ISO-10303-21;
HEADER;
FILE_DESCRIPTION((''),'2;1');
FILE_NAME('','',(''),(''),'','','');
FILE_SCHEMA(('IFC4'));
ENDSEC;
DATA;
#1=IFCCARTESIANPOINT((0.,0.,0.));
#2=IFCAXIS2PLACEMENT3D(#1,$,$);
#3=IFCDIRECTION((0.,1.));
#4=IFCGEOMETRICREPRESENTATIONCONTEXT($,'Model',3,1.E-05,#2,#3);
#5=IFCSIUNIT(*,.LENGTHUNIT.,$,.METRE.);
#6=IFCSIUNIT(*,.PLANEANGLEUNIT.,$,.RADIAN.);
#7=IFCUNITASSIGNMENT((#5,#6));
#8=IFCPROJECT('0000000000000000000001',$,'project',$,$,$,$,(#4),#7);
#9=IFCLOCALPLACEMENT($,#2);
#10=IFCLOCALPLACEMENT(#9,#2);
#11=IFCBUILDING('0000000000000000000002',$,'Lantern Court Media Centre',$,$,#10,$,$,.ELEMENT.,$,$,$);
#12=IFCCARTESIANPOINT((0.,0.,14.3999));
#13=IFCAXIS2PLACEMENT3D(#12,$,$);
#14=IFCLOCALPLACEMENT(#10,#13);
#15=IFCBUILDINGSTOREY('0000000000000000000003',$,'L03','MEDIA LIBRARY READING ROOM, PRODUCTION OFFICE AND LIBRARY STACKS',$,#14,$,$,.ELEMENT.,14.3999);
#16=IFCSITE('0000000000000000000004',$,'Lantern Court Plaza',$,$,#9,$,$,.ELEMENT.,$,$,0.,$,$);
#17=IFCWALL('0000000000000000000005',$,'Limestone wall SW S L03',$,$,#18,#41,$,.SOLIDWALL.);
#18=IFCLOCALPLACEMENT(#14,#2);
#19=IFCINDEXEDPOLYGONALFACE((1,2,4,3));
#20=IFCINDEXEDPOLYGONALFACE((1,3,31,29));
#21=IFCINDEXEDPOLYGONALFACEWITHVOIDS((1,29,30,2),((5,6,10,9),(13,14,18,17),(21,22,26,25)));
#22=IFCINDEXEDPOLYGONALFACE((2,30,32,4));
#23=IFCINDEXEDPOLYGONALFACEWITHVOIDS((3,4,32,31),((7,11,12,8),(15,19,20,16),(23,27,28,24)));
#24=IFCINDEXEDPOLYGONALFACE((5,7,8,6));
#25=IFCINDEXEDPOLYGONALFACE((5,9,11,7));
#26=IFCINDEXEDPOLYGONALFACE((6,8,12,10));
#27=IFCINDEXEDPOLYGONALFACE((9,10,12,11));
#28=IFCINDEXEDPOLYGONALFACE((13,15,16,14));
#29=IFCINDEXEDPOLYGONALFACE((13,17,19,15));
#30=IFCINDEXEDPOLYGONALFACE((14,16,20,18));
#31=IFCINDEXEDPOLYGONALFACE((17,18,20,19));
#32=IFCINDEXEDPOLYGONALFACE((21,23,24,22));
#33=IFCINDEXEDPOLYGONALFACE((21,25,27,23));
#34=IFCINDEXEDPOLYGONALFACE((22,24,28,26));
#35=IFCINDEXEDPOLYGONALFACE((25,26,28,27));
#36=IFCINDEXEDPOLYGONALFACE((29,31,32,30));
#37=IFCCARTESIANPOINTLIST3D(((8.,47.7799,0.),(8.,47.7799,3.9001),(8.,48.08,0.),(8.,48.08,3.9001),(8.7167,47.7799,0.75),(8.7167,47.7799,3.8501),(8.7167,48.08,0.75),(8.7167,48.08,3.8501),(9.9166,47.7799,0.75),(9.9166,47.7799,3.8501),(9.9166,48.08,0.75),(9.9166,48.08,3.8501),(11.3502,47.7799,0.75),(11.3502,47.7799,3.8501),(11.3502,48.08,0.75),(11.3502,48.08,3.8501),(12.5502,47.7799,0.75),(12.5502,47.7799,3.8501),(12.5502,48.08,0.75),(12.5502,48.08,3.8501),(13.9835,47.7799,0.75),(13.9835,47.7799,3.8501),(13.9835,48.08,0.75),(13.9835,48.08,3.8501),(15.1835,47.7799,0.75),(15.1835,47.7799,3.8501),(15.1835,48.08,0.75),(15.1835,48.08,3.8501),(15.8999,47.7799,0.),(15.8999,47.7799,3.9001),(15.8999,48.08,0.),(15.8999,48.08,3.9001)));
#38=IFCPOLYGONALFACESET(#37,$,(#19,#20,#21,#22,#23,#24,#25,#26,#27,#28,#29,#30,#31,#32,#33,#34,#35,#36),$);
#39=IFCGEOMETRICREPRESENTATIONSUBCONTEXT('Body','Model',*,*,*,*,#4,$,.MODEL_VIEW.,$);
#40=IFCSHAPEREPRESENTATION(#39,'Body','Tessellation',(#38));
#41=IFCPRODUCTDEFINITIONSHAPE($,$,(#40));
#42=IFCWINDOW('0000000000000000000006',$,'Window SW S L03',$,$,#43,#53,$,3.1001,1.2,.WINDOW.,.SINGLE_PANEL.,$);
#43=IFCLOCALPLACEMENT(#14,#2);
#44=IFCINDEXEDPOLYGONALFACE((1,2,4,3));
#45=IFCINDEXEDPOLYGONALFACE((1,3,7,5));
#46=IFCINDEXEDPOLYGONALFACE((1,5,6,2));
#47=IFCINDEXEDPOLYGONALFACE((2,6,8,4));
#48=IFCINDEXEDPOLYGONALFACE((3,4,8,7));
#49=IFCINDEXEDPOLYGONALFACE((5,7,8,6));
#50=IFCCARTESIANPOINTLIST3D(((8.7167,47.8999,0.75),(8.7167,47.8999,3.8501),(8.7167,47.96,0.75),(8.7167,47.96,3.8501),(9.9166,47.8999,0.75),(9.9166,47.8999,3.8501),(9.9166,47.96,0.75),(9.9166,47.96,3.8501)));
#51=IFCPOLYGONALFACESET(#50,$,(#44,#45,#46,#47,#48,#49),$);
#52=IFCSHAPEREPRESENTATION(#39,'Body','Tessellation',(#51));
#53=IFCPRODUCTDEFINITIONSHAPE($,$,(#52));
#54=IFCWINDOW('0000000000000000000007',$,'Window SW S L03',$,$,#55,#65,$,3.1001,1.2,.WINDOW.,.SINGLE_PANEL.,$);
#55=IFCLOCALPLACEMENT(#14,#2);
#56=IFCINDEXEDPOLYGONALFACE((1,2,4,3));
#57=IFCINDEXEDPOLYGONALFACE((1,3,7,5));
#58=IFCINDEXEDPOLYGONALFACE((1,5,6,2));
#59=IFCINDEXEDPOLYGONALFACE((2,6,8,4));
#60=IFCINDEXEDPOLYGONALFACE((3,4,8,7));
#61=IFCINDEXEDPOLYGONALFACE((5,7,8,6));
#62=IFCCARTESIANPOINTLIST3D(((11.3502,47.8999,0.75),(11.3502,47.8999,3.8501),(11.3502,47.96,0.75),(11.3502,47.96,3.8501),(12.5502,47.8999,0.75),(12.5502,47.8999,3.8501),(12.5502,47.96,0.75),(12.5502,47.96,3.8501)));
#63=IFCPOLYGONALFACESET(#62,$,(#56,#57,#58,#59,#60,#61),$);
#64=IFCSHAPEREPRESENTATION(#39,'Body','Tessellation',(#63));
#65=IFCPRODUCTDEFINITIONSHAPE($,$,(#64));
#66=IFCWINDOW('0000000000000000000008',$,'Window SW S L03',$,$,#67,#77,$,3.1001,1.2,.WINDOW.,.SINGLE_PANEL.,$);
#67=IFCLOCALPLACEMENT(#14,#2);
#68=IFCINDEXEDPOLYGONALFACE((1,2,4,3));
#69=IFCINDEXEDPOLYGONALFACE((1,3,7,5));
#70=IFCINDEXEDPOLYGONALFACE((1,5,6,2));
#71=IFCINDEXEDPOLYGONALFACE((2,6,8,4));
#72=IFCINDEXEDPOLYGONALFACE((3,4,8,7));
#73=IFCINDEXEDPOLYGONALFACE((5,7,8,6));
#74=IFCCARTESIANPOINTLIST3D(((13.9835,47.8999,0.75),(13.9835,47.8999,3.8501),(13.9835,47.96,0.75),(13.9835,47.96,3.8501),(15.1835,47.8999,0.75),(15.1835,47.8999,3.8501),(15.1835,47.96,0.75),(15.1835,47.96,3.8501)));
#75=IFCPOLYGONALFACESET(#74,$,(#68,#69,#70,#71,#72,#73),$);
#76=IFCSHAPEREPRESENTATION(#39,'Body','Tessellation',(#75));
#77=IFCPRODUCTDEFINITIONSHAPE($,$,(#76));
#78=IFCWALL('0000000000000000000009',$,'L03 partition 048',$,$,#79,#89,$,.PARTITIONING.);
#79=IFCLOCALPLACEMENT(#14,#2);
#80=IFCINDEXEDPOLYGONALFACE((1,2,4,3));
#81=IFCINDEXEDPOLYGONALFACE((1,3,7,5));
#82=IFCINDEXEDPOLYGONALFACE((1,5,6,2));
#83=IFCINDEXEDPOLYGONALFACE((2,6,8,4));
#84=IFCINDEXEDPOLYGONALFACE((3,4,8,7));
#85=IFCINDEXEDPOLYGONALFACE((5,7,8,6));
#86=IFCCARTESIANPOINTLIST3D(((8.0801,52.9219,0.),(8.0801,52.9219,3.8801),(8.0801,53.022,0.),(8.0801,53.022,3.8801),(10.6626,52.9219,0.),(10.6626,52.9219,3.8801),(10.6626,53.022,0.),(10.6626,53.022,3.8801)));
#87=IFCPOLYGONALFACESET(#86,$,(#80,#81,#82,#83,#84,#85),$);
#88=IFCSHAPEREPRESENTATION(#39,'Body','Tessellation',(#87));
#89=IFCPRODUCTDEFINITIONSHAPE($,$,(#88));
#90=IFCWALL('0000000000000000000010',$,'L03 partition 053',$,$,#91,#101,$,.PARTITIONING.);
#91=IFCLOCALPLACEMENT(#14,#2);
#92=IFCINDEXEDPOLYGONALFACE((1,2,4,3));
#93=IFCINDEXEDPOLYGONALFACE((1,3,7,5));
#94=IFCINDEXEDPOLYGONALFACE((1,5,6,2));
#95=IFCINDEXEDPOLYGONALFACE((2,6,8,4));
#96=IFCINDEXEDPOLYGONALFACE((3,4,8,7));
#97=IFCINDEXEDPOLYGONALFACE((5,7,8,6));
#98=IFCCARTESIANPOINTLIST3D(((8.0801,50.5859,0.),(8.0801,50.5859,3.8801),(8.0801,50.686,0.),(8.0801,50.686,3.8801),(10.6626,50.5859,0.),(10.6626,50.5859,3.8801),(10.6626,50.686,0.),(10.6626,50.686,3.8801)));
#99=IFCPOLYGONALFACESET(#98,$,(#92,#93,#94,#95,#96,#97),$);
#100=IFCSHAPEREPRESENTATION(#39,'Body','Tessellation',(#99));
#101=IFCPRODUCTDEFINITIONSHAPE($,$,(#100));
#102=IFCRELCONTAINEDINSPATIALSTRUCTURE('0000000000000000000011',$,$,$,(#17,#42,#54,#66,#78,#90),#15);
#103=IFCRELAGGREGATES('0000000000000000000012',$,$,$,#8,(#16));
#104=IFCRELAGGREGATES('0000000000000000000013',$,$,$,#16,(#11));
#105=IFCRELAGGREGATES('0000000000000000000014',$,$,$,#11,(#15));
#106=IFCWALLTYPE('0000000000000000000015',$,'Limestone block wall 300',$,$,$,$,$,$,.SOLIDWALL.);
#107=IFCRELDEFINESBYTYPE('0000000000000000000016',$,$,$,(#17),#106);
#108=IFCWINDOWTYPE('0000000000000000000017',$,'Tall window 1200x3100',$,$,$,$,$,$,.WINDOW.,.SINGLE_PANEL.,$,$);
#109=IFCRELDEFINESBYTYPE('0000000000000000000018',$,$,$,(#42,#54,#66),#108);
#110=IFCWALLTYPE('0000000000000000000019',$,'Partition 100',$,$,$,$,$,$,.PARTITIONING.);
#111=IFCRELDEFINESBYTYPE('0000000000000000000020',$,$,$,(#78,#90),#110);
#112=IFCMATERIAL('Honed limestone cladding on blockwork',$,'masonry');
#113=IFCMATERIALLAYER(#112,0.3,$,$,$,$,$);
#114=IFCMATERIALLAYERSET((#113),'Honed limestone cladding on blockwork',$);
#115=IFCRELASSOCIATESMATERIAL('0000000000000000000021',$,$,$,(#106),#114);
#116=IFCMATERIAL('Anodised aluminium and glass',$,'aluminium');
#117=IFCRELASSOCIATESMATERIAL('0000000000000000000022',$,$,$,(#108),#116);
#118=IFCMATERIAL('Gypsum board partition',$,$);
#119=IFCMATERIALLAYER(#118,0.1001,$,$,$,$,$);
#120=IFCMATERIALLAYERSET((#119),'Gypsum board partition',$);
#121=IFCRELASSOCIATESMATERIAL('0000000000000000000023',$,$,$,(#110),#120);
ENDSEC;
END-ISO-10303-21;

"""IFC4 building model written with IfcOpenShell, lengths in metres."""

from ifc_helpers import new_model, si_unit, direction, frame, frame_2d, origin, place, context, subcontext, project, spatial, rectangle, extrude, material, layer, layer_set, type_object, element, fill, save


model = new_model("IFC4")

# Units and contexts
model_context = context("Model", 3, precision=1e-05, world=origin(), true_north=direction((0.0, 1.0)))
body_context = subcontext(model_context, "Body", "Model", "MODEL_VIEW")
ifc_project = project(units=[si_unit("LENGTHUNIT", "METRE"), si_unit("PLANEANGLEUNIT", "RADIAN")], contexts=[model_context])

# Site, building, storey
site_placement = place(None, origin())
site = spatial("IfcSite", under=ifc_project, at=site_placement, Name="Lantern Court Plaza", CompositionType="ELEMENT", RefElevation=0.0)
building_placement = place(site_placement, origin())
building = spatial("IfcBuilding", under=site, at=building_placement, Name="Lantern Court Media Centre", CompositionType="ELEMENT")
storey_placement = place(building_placement, frame((0.0, 0.0, 14.3999)))
storey = spatial("IfcBuildingStorey", under=building, at=storey_placement, Name="L03", Description="MEDIA LIBRARY READING ROOM, PRODUCTION OFFICE AND LIBRARY STACKS", CompositionType="ELEMENT", Elevation=14.3999)

# Wall, openings, windows
ifc_material_1 = material(Name="Honed limestone cladding on blockwork", Category="masonry")
ifc_layer_1 = layer(ifc_material_1, 0.3)
ifc_layer_set_1 = layer_set([ifc_layer_1], Name="Honed limestone cladding on blockwork")
wall_type_1 = type_object("IfcWallType", Name="Limestone block wall 300", PredefinedType="SOLIDWALL", material=ifc_layer_set_1)
ifc_material_2 = material(Name="Anodised aluminium and glass", Category="aluminium")
wall_1_placement = place(storey_placement, frame((8.0, 47.9299, 0.0), z_axis=(0.0, 0.0, 1.0), x_axis=(1.0, 0.0, 0.0)))
wall_1 = element("IfcWall", 1, at=wall_1_placement, inside=storey, type_object=wall_type_1, Name="Limestone wall SW S L03", PredefinedType="SOLIDWALL", context=body_context, shape_type="SweptSolid", body=[
    extrude(rectangle(XDim=7.8999, YDim=0.3, at=frame_2d((3.95, 0.0))), origin(), (0.0, 0.0, 1.0), 3.9001),
])
opening_1_placement = place(wall_1_placement, frame((0.7166, 0.0, 0.75)))
opening_1 = element("IfcOpeningElement", 2, at=opening_1_placement, cuts=wall_1, PredefinedType="OPENING", context=body_context, shape_type="SweptSolid", body=[
    extrude(rectangle(XDim=1.2, YDim=3.1001, at=frame_2d((0.6001, 1.55))), frame((0.0, 0.1599, 0.0), z_axis=(0.0, -1.0, 0.0), x_axis=(1.0, 0.0, 0.0)), (0.0, 0.0, 1.0), 0.3201),
])
opening_2_placement = place(wall_1_placement, frame((3.3501, 0.0, 0.75)))
opening_2 = element("IfcOpeningElement", 3, at=opening_2_placement, cuts=wall_1, PredefinedType="OPENING", context=body_context, shape_type="SweptSolid", body=[
    extrude(rectangle(XDim=1.2, YDim=3.1001, at=frame_2d((0.6001, 1.55))), frame((0.0, 0.1599, 0.0), z_axis=(0.0, -1.0, 0.0), x_axis=(1.0, 0.0, 0.0)), (0.0, 0.0, 1.0), 0.3201),
])
opening_3_placement = place(wall_1_placement, frame((5.9834, 0.0, 0.75)))
opening_3 = element("IfcOpeningElement", 4, at=opening_3_placement, cuts=wall_1, PredefinedType="OPENING", context=body_context, shape_type="SweptSolid", body=[
    extrude(rectangle(XDim=1.2, YDim=3.1001, at=frame_2d((0.6001, 1.55))), frame((0.0, 0.1599, 0.0), z_axis=(0.0, -1.0, 0.0), x_axis=(1.0, 0.0, 0.0)), (0.0, 0.0, 1.0), 0.3201),
])
window_type_1 = type_object("IfcWindowType", Name="Tall window 1200x3100", PartitioningType="SINGLE_PANEL", PredefinedType="WINDOW", material=ifc_material_2)
window_1_placement = place(opening_1_placement, origin())
window_1 = element("IfcWindow", 5, at=window_1_placement, inside=storey, type_object=window_type_1, Name="Window SW S L03", OverallHeight=3.1001, OverallWidth=1.2, PartitioningType="SINGLE_PANEL", PredefinedType="WINDOW", context=body_context, shape_type="SweptSolid", body=[
    extrude(rectangle(XDim=1.2, YDim=3.1001, at=frame_2d((0.6001, 1.55))), frame((0.0, 0.03, 0.0), z_axis=(0.0, -1.0, 0.0), x_axis=(1.0, 0.0, 0.0)), (0.0, 0.0, 1.0), 0.0601),
])
fill(opening_1, window_1)
window_2_placement = place(opening_2_placement, origin())
window_2 = element("IfcWindow", 6, at=window_2_placement, inside=storey, type_object=window_type_1, Name="Window SW S L03", OverallHeight=3.1001, OverallWidth=1.2, PartitioningType="SINGLE_PANEL", PredefinedType="WINDOW", context=body_context, shape_type="SweptSolid", body=[
    extrude(rectangle(XDim=1.2, YDim=3.1001, at=frame_2d((0.6001, 1.55))), frame((0.0, 0.03, 0.0), z_axis=(0.0, -1.0, 0.0), x_axis=(1.0, 0.0, 0.0)), (0.0, 0.0, 1.0), 0.0601),
])
fill(opening_2, window_2)
window_3_placement = place(opening_3_placement, origin())
window_3 = element("IfcWindow", 7, at=window_3_placement, inside=storey, type_object=window_type_1, Name="Window SW S L03", OverallHeight=3.1001, OverallWidth=1.2, PartitioningType="SINGLE_PANEL", PredefinedType="WINDOW", context=body_context, shape_type="SweptSolid", body=[
    extrude(rectangle(XDim=1.2, YDim=3.1001, at=frame_2d((0.6001, 1.55))), frame((0.0, 0.03, 0.0), z_axis=(0.0, -1.0, 0.0), x_axis=(1.0, 0.0, 0.0)), (0.0, 0.0, 1.0), 0.0601),
])
fill(opening_3, window_3)

# Walls
ifc_material_3 = material(Name="Gypsum board partition")
ifc_layer_2 = layer(ifc_material_3, 0.1001)
ifc_layer_set_2 = layer_set([ifc_layer_2], Name="Gypsum board partition")
wall_type_2 = type_object("IfcWallType", Name="Partition 100", PredefinedType="PARTITIONING", material=ifc_layer_set_2)
for number, where, z_axis, x_axis, name in (
    (8, (8.0801, 52.9719, 0.0), (0.0, 0.0, 1.0), (1.0, 0.0, 0.0), "L03 partition 048"),
    (9, (8.0801, 50.636, 0.0), (0.0, 0.0, 1.0), (1.0, 0.0, 0.0), "L03 partition 053"),
):
    element("IfcWall", number, at=place(storey_placement, frame(where, z_axis=z_axis, x_axis=x_axis)), inside=storey, type_object=wall_type_2, Name=name, PredefinedType="PARTITIONING", context=body_context, shape_type="SweptSolid", body=[
        extrude(rectangle(XDim=2.5825, YDim=0.1001, at=frame_2d((1.2913, 0.0))), origin(), (0.0, 0.0, 1.0), 3.8801),
    ])

save(model, "model.ifc")
